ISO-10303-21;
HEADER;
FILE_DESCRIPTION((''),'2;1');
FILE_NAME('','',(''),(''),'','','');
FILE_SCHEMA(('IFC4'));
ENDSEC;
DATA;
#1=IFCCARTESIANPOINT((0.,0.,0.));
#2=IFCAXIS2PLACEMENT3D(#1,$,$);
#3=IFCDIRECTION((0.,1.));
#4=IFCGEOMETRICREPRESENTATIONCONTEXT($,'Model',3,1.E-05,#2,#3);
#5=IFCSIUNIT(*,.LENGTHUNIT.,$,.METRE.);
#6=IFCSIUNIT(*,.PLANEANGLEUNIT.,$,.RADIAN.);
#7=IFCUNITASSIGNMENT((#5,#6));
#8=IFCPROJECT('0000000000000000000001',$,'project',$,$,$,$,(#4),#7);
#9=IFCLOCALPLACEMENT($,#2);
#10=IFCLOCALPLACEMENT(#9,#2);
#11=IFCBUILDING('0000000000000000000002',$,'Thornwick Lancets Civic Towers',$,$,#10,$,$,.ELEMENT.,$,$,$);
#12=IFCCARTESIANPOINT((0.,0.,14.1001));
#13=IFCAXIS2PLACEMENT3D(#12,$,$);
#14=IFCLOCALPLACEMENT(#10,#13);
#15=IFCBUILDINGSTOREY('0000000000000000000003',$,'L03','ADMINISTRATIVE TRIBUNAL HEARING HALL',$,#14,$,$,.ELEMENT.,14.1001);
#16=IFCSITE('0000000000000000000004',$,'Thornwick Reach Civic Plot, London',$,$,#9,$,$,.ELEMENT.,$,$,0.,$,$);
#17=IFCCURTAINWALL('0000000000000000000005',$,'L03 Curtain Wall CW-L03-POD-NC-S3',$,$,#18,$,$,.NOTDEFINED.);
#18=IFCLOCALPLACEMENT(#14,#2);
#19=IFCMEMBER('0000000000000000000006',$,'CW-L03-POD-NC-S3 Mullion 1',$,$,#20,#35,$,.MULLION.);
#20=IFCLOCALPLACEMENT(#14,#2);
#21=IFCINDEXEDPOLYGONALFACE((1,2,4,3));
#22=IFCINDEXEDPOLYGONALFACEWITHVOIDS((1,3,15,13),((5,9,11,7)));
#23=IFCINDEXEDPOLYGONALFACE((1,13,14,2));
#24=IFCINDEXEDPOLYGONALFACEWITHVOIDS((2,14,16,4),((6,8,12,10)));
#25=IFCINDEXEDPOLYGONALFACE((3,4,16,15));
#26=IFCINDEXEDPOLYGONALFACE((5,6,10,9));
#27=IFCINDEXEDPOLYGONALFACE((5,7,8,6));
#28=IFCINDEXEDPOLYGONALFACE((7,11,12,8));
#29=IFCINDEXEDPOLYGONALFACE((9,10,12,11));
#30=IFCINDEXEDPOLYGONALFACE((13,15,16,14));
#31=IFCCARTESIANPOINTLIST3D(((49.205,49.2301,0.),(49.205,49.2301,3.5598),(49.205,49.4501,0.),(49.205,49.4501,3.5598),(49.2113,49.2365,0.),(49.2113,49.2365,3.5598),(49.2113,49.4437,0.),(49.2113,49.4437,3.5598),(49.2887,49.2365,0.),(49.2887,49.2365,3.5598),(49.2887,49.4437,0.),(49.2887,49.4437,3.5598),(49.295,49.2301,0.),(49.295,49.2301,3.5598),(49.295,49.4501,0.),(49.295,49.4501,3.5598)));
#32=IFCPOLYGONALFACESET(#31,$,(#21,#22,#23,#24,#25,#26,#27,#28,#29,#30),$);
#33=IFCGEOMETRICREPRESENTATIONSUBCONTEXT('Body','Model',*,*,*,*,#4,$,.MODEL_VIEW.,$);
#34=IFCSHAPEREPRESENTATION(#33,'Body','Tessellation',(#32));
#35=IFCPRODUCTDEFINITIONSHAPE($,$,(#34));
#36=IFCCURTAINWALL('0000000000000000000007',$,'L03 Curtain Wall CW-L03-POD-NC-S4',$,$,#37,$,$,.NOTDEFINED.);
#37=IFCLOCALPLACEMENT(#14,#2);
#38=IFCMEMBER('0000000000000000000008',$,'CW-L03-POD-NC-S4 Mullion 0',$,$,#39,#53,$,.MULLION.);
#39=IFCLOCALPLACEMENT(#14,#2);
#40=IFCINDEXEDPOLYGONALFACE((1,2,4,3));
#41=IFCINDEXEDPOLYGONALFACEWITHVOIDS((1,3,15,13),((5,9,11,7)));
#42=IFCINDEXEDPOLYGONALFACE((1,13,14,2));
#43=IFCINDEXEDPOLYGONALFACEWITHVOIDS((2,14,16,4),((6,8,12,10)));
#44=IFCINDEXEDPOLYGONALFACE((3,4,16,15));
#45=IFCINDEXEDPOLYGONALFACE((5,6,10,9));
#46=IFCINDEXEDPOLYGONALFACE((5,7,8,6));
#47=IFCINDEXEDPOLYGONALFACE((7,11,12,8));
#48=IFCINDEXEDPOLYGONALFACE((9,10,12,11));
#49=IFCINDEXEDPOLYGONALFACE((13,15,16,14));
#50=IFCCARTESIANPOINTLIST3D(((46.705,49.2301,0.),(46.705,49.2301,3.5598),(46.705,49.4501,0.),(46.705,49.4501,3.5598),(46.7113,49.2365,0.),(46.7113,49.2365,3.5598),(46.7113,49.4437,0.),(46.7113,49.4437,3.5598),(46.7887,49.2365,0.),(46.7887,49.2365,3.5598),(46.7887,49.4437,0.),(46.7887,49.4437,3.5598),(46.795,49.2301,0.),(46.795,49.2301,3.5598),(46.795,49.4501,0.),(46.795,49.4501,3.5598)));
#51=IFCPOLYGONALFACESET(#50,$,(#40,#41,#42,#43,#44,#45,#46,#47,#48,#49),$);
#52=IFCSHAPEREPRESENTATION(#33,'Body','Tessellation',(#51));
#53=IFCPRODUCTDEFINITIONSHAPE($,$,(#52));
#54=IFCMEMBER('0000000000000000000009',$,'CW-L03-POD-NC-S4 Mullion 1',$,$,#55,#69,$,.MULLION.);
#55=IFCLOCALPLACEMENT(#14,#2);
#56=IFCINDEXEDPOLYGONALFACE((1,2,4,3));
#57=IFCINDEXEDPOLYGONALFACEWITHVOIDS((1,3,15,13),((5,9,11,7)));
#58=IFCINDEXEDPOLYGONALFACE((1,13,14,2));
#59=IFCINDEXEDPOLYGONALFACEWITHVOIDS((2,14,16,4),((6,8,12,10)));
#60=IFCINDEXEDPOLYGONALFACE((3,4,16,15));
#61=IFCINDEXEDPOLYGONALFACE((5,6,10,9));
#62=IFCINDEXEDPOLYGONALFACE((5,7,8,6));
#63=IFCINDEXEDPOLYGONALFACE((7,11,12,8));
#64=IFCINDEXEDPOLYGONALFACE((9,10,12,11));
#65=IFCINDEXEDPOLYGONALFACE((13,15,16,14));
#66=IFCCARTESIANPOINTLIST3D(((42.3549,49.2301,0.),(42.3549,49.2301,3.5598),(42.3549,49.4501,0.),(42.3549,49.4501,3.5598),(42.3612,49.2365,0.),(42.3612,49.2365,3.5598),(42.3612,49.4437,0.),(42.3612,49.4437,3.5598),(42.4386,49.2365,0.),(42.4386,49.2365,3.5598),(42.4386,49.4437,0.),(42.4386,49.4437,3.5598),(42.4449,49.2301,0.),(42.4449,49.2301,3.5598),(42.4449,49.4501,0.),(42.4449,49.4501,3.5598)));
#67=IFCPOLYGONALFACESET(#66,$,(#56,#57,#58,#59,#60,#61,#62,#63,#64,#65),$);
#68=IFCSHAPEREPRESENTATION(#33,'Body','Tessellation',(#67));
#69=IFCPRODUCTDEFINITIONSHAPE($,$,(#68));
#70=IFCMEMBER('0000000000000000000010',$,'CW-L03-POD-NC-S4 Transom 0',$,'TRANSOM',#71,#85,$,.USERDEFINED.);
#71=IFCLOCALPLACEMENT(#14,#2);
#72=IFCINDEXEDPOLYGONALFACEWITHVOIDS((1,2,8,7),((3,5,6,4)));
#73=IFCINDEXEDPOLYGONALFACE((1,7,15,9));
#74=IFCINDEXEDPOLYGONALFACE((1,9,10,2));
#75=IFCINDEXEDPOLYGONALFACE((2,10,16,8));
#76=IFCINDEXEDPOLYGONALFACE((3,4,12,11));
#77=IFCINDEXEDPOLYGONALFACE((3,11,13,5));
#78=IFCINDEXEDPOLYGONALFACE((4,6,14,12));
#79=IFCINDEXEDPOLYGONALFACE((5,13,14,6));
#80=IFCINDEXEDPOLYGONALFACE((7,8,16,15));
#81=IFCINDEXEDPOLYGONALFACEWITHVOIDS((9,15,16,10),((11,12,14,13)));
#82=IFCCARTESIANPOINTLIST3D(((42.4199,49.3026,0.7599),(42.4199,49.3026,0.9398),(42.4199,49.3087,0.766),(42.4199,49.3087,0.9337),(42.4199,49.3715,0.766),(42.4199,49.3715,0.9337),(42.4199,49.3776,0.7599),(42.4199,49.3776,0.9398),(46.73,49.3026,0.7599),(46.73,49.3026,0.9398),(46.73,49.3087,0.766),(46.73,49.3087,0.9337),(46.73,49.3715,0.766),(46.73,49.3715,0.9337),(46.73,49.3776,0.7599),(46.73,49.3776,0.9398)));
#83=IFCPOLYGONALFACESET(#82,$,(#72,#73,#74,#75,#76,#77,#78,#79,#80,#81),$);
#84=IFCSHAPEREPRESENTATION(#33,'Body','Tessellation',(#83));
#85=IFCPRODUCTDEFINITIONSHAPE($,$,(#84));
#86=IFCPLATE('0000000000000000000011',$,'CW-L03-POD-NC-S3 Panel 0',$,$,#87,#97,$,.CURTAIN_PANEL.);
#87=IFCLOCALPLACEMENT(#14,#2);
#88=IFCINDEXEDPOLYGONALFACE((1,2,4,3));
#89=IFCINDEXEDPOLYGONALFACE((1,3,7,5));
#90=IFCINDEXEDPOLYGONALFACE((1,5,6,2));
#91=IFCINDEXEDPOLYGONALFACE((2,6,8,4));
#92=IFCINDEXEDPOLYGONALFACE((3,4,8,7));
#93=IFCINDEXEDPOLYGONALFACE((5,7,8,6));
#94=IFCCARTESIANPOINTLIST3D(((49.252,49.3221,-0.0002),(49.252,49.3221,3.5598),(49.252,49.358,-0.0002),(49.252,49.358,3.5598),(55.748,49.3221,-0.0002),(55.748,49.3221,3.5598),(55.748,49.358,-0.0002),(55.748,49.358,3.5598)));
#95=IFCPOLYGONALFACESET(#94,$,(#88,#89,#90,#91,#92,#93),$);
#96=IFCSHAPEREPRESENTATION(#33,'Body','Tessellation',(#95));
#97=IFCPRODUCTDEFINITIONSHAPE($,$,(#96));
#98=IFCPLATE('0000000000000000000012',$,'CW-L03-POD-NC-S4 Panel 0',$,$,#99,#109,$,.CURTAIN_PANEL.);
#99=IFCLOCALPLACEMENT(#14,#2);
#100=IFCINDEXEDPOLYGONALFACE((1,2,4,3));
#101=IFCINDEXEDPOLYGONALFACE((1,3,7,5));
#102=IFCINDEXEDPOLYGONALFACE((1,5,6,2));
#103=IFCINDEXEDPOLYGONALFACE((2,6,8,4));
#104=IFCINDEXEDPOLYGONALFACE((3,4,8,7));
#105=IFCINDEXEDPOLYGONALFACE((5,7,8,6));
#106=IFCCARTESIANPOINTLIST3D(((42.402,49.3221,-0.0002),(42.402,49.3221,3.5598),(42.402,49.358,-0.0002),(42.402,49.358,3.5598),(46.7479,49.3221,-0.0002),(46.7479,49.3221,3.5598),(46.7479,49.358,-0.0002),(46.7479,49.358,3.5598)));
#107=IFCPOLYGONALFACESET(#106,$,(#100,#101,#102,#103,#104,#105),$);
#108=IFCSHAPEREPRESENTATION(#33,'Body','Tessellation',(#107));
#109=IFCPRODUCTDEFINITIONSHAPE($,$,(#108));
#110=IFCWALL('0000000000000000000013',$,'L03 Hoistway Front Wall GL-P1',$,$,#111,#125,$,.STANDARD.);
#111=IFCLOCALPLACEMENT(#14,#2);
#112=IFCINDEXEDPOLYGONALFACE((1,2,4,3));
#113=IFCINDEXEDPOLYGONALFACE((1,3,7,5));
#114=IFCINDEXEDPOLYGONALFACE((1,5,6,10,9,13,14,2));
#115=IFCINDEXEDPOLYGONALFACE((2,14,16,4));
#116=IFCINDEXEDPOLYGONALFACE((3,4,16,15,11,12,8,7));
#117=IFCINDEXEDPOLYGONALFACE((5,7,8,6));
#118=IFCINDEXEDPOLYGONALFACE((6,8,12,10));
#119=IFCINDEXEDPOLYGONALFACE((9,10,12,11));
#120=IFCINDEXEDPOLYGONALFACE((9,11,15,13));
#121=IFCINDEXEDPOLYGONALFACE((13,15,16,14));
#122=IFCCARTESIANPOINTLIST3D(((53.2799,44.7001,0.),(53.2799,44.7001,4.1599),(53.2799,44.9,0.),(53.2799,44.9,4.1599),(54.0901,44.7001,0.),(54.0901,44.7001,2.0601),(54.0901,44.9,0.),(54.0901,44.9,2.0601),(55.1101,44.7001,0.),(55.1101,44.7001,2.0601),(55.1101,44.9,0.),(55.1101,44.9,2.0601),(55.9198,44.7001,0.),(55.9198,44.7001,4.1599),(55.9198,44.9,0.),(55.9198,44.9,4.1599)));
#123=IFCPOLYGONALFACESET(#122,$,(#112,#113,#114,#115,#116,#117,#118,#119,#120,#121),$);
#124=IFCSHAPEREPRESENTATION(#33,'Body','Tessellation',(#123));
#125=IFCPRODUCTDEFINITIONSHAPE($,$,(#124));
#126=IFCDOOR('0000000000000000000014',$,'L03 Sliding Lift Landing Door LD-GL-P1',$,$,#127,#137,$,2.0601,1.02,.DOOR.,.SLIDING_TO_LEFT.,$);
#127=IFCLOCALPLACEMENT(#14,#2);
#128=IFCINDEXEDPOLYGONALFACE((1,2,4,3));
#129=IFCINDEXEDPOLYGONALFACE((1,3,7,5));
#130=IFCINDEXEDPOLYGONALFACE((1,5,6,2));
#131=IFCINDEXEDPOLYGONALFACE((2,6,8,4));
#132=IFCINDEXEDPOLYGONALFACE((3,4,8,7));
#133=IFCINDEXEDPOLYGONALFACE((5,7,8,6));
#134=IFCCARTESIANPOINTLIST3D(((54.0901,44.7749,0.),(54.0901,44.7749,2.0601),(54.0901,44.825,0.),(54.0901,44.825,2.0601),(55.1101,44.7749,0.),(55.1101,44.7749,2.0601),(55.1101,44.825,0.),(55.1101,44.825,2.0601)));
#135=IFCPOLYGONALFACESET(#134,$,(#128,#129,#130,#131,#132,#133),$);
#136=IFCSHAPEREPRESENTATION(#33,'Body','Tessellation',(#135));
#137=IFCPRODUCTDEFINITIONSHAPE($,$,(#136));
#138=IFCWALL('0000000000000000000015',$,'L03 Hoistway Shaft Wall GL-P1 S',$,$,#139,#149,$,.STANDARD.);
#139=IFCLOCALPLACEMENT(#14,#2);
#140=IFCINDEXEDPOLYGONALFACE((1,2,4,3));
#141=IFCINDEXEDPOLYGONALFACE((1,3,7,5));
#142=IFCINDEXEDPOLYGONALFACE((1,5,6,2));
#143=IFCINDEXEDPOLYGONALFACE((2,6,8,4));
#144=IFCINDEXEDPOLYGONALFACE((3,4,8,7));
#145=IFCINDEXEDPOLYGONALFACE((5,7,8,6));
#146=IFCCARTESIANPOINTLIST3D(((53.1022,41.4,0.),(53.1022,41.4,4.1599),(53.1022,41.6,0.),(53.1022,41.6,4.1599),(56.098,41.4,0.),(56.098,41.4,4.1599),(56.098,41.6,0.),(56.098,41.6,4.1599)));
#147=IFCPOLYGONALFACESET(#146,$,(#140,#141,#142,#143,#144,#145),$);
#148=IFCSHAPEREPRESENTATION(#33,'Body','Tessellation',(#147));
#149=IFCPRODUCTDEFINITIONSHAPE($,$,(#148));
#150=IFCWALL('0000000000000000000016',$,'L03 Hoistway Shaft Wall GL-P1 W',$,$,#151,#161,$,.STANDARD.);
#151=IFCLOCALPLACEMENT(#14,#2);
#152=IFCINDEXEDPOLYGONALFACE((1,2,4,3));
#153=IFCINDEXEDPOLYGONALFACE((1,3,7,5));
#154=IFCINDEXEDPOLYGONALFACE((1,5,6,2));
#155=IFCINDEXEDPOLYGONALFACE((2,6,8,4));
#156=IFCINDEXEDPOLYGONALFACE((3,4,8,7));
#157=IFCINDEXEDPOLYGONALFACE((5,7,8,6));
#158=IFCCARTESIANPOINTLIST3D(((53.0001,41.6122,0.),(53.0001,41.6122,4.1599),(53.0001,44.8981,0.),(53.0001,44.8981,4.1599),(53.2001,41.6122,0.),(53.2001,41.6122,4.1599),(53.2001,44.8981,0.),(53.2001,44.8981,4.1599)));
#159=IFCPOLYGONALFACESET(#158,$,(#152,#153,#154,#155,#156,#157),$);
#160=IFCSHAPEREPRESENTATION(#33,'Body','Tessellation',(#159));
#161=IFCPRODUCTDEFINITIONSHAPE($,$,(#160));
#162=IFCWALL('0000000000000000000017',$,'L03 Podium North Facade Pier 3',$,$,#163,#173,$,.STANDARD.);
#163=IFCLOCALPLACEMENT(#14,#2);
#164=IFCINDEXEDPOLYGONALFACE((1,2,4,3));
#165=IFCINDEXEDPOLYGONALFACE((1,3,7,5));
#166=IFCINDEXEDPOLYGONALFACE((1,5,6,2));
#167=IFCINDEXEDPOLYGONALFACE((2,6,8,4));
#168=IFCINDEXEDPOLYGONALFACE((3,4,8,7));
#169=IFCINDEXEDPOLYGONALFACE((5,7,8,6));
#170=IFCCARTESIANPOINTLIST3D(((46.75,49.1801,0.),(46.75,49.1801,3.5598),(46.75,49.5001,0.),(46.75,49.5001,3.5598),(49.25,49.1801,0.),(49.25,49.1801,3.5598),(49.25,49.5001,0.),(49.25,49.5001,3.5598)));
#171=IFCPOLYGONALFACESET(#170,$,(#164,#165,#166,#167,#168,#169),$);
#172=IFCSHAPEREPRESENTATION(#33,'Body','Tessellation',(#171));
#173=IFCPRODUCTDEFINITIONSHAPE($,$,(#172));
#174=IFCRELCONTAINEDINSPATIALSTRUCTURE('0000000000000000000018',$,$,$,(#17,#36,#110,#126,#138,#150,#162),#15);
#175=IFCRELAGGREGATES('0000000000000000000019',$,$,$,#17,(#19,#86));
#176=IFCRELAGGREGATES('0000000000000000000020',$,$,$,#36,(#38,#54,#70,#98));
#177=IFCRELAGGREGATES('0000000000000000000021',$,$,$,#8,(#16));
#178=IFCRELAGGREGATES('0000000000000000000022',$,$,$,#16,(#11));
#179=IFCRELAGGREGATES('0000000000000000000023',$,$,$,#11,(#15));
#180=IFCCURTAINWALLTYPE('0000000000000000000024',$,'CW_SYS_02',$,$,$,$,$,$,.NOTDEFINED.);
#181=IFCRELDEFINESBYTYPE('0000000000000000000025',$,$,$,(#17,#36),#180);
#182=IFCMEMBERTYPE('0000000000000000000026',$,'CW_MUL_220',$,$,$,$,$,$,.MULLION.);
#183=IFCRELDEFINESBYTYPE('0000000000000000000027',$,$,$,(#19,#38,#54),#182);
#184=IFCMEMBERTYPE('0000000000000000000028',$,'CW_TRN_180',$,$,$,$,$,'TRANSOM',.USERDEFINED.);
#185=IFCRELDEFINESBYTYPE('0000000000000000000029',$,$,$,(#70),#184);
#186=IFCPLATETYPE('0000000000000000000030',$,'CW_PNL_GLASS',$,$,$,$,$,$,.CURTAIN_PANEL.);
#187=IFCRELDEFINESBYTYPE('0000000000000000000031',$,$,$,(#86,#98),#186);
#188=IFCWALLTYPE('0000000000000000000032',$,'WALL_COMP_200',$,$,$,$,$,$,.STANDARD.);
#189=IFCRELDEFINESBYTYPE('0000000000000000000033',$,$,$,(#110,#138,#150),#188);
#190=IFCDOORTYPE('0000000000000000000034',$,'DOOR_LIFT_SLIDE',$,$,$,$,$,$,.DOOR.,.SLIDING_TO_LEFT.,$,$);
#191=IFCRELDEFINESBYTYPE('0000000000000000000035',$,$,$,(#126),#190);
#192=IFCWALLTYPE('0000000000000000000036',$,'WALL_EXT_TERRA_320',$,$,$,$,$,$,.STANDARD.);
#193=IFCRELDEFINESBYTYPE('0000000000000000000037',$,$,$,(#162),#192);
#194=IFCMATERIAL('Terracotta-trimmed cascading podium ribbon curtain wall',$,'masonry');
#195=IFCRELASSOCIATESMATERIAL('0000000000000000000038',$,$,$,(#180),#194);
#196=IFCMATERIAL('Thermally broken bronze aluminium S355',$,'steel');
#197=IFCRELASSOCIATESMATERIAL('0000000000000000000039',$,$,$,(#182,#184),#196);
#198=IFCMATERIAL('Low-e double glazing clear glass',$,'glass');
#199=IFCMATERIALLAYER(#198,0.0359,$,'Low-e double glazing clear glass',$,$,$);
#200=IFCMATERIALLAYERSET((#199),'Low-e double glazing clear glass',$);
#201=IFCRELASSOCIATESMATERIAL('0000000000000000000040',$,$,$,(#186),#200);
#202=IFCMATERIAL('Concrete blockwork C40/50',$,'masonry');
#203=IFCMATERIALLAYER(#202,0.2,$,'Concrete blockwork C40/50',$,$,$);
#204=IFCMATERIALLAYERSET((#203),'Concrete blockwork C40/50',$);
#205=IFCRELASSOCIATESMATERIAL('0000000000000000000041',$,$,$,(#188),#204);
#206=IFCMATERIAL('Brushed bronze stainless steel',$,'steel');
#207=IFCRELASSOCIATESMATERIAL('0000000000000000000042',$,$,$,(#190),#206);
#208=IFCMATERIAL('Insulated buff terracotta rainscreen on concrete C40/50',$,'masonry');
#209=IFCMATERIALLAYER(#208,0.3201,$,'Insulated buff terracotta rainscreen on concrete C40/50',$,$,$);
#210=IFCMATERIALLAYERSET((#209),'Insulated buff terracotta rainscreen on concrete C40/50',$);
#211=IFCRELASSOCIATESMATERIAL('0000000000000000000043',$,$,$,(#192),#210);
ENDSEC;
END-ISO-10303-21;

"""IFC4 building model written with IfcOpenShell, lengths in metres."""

from ifc_helpers import new_model, si_unit, direction, frame, frame_2d, origin, origin_2d, place, context, subcontext, project, spatial, rectangle, hollow_rectangle, extrude, material, layer, layer_set, material_profile, profile_set, type_object, element, fill, aggregate, save


model = new_model("IFC4")

# Units and contexts
model_context = context("Model", 3, precision=1e-05, world=origin(), true_north=direction((0.0, 1.0)))
body_context = subcontext(model_context, "Body", "Model", "MODEL_VIEW")
ifc_project = project(units=[si_unit("LENGTHUNIT", "METRE"), si_unit("PLANEANGLEUNIT", "RADIAN")], contexts=[model_context])

# Site, building, storey
site_placement = place(None, origin())
site = spatial("IfcSite", under=ifc_project, at=site_placement, Name="Thornwick Reach Civic Plot, London", CompositionType="ELEMENT", RefElevation=0.0)
building_placement = place(site_placement, origin())
building = spatial("IfcBuilding", under=site, at=building_placement, Name="Thornwick Lancets Civic Towers", CompositionType="ELEMENT")
storey_placement = place(building_placement, frame((0.0, 0.0, 14.1001)))
storey = spatial("IfcBuildingStorey", under=building, at=storey_placement, Name="L03", Description="ADMINISTRATIVE TRIBUNAL HEARING HALL", CompositionType="ELEMENT", Elevation=14.1001)

# Curtain wall, member
ifc_material_1 = material(Name="Terracotta-trimmed cascading podium ribbon curtain wall", Category="masonry")
curtain_wall_type = type_object("IfcCurtainWallType", Name="CW_SYS_02", PredefinedType="NOTDEFINED", material=ifc_material_1)
curtain_wall_1_placement = place(storey_placement, origin())
curtain_wall_1 = element("IfcCurtainWall", 1, at=curtain_wall_1_placement, inside=storey, type_object=curtain_wall_type, Name="L03 Curtain Wall CW-L03-POD-NC-S3", PredefinedType="NOTDEFINED")
ifc_material_2 = material(Name="Thermally broken bronze aluminium S355", Category="steel")
ifc_material_profile_1 = material_profile(ifc_material_2, hollow_rectangle(XDim=0.0901, YDim=0.22, WallThickness=0.0063, at=origin_2d()), Name="RHS 220x90x6.3")
ifc_profile_set_1 = profile_set([ifc_material_profile_1], Name="Thermally broken bronze aluminium S355")
member_type_1 = type_object("IfcMemberType", Name="CW_MUL_220", PredefinedType="MULLION", material=ifc_profile_set_1)
member_1_placement = place(storey_placement, frame((49.25, 49.3401, 0.0), z_axis=(0.0, 0.0, 1.0), x_axis=(1.0, 0.0, 0.0)))
member_1 = element("IfcMember", 2, at=member_1_placement, type_object=member_type_1, Name="CW-L03-POD-NC-S3 Mullion 1", PredefinedType="MULLION", context=body_context, shape_type="SweptSolid", body=[
    extrude(hollow_rectangle(XDim=0.0901, YDim=0.22, WallThickness=0.0063, at=origin_2d()), origin(), (0.0, 0.0, 1.0), 3.5598),
])

# Curtain wall, members
curtain_wall_2_placement = place(storey_placement, origin())
curtain_wall_2 = element("IfcCurtainWall", 3, at=curtain_wall_2_placement, inside=storey, type_object=curtain_wall_type, Name="L03 Curtain Wall CW-L03-POD-NC-S4", PredefinedType="NOTDEFINED")
member_2_placement = place(storey_placement, frame((46.75, 49.3401, 0.0), z_axis=(0.0, 0.0, 1.0), x_axis=(1.0, 0.0, 0.0)))
member_2 = element("IfcMember", 4, at=member_2_placement, type_object=member_type_1, Name="CW-L03-POD-NC-S4 Mullion 0", PredefinedType="MULLION", context=body_context, shape_type="SweptSolid", body=[
    extrude(hollow_rectangle(XDim=0.0901, YDim=0.22, WallThickness=0.0063, at=origin_2d()), origin(), (0.0, 0.0, 1.0), 3.5598),
])
member_3_placement = place(storey_placement, frame((42.3999, 49.3401, 0.0), z_axis=(0.0, 0.0, 1.0), x_axis=(1.0, 0.0, 0.0)))
member_3 = element("IfcMember", 5, at=member_3_placement, type_object=member_type_1, Name="CW-L03-POD-NC-S4 Mullion 1", PredefinedType="MULLION", context=body_context, shape_type="SweptSolid", body=[
    extrude(hollow_rectangle(XDim=0.0901, YDim=0.22, WallThickness=0.0063, at=origin_2d()), origin(), (0.0, 0.0, 1.0), 3.5598),
])
ifc_material_profile_2 = material_profile(ifc_material_2, hollow_rectangle(XDim=0.075, YDim=0.1799, WallThickness=0.0061, at=origin_2d()), Name="RHS 180x75x6")
ifc_profile_set_2 = profile_set([ifc_material_profile_2], Name="Thermally broken bronze aluminium S355")
member_type_2 = type_object("IfcMemberType", Name="CW_TRN_180", ElementType="TRANSOM", PredefinedType="USERDEFINED", material=ifc_profile_set_2)
member_4_placement = place(storey_placement, frame((46.73, 49.3401, 0.8499), z_axis=(-1.0, 0.0, 0.0), x_axis=(0.0, -1.0, 0.0)))
member_4 = element("IfcMember", 6, at=member_4_placement, type_object=member_type_2, Name="CW-L03-POD-NC-S4 Transom 0", ObjectType="TRANSOM", PredefinedType="USERDEFINED", context=body_context, shape_type="SweptSolid", body=[
    extrude(hollow_rectangle(XDim=0.075, YDim=0.1799, WallThickness=0.0061, at=origin_2d()), origin(), (0.0, 0.0, 1.0), 4.3101),
])

# Plates
ifc_material_3 = material(Name="Low-e double glazing clear glass", Category="glass")
ifc_layer_1 = layer(ifc_material_3, 0.0359, Name="Low-e double glazing clear glass")
ifc_layer_set_1 = layer_set([ifc_layer_1], Name="Low-e double glazing clear glass")
plate_type = type_object("IfcPlateType", Name="CW_PNL_GLASS", PredefinedType="CURTAIN_PANEL", material=ifc_layer_set_1)
plate_1_placement = place(storey_placement, frame((52.5, 49.3401, -0.0002), z_axis=(0.0, 0.0, 1.0), x_axis=(-1.0, 0.0, 0.0)))
plate_1 = element("IfcPlate", 7, at=plate_1_placement, type_object=plate_type, Name="CW-L03-POD-NC-S3 Panel 0", PredefinedType="CURTAIN_PANEL", context=body_context, shape_type="SweptSolid", body=[
    extrude(rectangle(XDim=6.4961, YDim=0.0359, at=origin_2d()), origin(), (0.0, 0.0, 1.0), 3.5601),
])
aggregate(curtain_wall_1, [member_1, plate_1])
plate_2_placement = place(storey_placement, frame((44.575, 49.3401, -0.0002), z_axis=(0.0, 0.0, 1.0), x_axis=(-1.0, 0.0, 0.0)))
plate_2 = element("IfcPlate", 8, at=plate_2_placement, type_object=plate_type, Name="CW-L03-POD-NC-S4 Panel 0", PredefinedType="CURTAIN_PANEL", context=body_context, shape_type="SweptSolid", body=[
    extrude(rectangle(XDim=4.3459, YDim=0.0359, at=origin_2d()), origin(), (0.0, 0.0, 1.0), 3.5601),
])
aggregate(curtain_wall_2, [member_2, member_3, member_4, plate_2])

# Wall, opening, door
ifc_material_4 = material(Name="Concrete blockwork C40/50", Category="masonry")
ifc_layer_2 = layer(ifc_material_4, 0.2, Name="Concrete blockwork C40/50")
ifc_layer_set_2 = layer_set([ifc_layer_2], Name="Concrete blockwork C40/50")
wall_type_1 = type_object("IfcWallType", Name="WALL_COMP_200", PredefinedType="STANDARD", material=ifc_layer_set_2)
wall_1_placement = place(storey_placement, frame((53.28, 44.8, 0.0), z_axis=(0.0, 0.0, 1.0), x_axis=(1.0, 0.0, 0.0)))
wall_1 = element("IfcWall", 9, at=wall_1_placement, inside=storey, type_object=wall_type_1, Name="L03 Hoistway Front Wall GL-P1", PredefinedType="STANDARD", context=body_context, shape_type="SweptSolid", body=[
    extrude(rectangle(XDim=2.6399, YDim=0.2, at=frame_2d((1.3198, 0.0))), origin(), (0.0, 0.0, 1.0), 4.1599),
])
opening_1_placement = place(wall_1_placement, frame((0.8101, 0.0, 0.0)))
opening_1 = element("IfcOpeningElement", 10, at=opening_1_placement, cuts=wall_1, PredefinedType="OPENING", context=body_context, shape_type="SweptSolid", body=[
    extrude(rectangle(XDim=1.02, YDim=2.0601, at=frame_2d((0.51, 1.03))), frame((0.0, 0.1099, 0.0), z_axis=(0.0, -1.0, 0.0), x_axis=(1.0, 0.0, 0.0)), (0.0, 0.0, 1.0), 0.22),
])
ifc_material_5 = material(Name="Brushed bronze stainless steel", Category="steel")
door_type_1 = type_object("IfcDoorType", Name="DOOR_LIFT_SLIDE", OperationType="SLIDING_TO_LEFT", PredefinedType="DOOR", material=ifc_material_5)
door_1_placement = place(opening_1_placement, origin())
door_1 = element("IfcDoor", 11, at=door_1_placement, inside=storey, type_object=door_type_1, Name="L03 Sliding Lift Landing Door LD-GL-P1", OperationType="SLIDING_TO_LEFT", OverallHeight=2.0601, OverallWidth=1.02, PredefinedType="DOOR", context=body_context, shape_type="SweptSolid", body=[
    extrude(rectangle(XDim=1.02, YDim=2.0601, at=frame_2d((0.51, 1.03))), frame((0.0, 0.0249, 0.0), z_axis=(0.0, -1.0, 0.0), x_axis=(1.0, 0.0, 0.0)), (0.0, 0.0, 1.0), 0.05),
])
fill(opening_1, door_1)

# Walls
wall_2_placement = place(storey_placement, frame((53.1021, 41.5, 0.0), z_axis=(0.0, 0.0, 1.0), x_axis=(1.0, 0.0, 0.0)))
element("IfcWall", 12, at=wall_2_placement, inside=storey, type_object=wall_type_1, Name="L03 Hoistway Shaft Wall GL-P1 S", PredefinedType="STANDARD", context=body_context, shape_type="SweptSolid", body=[
    extrude(rectangle(XDim=2.9958, YDim=0.2, at=frame_2d((1.498, 0.0))), origin(), (0.0, 0.0, 1.0), 4.1599),
])
wall_3_placement = place(storey_placement, frame((53.1001, 41.6121, 0.0), z_axis=(0.0, 0.0, 1.0), x_axis=(0.0, 1.0, 0.0)))
element("IfcWall", 13, at=wall_3_placement, inside=storey, type_object=wall_type_1, Name="L03 Hoistway Shaft Wall GL-P1 W", PredefinedType="STANDARD", context=body_context, shape_type="SweptSolid", body=[
    extrude(rectangle(XDim=3.2859, YDim=0.2, at=frame_2d((1.6431, 0.0))), origin(), (0.0, 0.0, 1.0), 4.1599),
])
ifc_material_6 = material(Name="Insulated buff terracotta rainscreen on concrete C40/50", Category="masonry")
ifc_layer_3 = layer(ifc_material_6, 0.3201, Name="Insulated buff terracotta rainscreen on concrete C40/50")
ifc_layer_set_3 = layer_set([ifc_layer_3], Name="Insulated buff terracotta rainscreen on concrete C40/50")
wall_type_2 = type_object("IfcWallType", Name="WALL_EXT_TERRA_320", PredefinedType="STANDARD", material=ifc_layer_set_3)
wall_4_placement = place(storey_placement, frame((49.25, 49.3401, 0.0), z_axis=(0.0, 0.0, 1.0), x_axis=(-1.0, 0.0, 0.0)))
element("IfcWall", 14, at=wall_4_placement, inside=storey, type_object=wall_type_2, Name="L03 Podium North Facade Pier 3", PredefinedType="STANDARD", context=body_context, shape_type="SweptSolid", body=[
    extrude(rectangle(XDim=2.5, YDim=0.3201, at=frame_2d((1.25, 0.0))), origin(), (0.0, 0.0, 1.0), 3.5598),
])

save(model, "model.ifc")
